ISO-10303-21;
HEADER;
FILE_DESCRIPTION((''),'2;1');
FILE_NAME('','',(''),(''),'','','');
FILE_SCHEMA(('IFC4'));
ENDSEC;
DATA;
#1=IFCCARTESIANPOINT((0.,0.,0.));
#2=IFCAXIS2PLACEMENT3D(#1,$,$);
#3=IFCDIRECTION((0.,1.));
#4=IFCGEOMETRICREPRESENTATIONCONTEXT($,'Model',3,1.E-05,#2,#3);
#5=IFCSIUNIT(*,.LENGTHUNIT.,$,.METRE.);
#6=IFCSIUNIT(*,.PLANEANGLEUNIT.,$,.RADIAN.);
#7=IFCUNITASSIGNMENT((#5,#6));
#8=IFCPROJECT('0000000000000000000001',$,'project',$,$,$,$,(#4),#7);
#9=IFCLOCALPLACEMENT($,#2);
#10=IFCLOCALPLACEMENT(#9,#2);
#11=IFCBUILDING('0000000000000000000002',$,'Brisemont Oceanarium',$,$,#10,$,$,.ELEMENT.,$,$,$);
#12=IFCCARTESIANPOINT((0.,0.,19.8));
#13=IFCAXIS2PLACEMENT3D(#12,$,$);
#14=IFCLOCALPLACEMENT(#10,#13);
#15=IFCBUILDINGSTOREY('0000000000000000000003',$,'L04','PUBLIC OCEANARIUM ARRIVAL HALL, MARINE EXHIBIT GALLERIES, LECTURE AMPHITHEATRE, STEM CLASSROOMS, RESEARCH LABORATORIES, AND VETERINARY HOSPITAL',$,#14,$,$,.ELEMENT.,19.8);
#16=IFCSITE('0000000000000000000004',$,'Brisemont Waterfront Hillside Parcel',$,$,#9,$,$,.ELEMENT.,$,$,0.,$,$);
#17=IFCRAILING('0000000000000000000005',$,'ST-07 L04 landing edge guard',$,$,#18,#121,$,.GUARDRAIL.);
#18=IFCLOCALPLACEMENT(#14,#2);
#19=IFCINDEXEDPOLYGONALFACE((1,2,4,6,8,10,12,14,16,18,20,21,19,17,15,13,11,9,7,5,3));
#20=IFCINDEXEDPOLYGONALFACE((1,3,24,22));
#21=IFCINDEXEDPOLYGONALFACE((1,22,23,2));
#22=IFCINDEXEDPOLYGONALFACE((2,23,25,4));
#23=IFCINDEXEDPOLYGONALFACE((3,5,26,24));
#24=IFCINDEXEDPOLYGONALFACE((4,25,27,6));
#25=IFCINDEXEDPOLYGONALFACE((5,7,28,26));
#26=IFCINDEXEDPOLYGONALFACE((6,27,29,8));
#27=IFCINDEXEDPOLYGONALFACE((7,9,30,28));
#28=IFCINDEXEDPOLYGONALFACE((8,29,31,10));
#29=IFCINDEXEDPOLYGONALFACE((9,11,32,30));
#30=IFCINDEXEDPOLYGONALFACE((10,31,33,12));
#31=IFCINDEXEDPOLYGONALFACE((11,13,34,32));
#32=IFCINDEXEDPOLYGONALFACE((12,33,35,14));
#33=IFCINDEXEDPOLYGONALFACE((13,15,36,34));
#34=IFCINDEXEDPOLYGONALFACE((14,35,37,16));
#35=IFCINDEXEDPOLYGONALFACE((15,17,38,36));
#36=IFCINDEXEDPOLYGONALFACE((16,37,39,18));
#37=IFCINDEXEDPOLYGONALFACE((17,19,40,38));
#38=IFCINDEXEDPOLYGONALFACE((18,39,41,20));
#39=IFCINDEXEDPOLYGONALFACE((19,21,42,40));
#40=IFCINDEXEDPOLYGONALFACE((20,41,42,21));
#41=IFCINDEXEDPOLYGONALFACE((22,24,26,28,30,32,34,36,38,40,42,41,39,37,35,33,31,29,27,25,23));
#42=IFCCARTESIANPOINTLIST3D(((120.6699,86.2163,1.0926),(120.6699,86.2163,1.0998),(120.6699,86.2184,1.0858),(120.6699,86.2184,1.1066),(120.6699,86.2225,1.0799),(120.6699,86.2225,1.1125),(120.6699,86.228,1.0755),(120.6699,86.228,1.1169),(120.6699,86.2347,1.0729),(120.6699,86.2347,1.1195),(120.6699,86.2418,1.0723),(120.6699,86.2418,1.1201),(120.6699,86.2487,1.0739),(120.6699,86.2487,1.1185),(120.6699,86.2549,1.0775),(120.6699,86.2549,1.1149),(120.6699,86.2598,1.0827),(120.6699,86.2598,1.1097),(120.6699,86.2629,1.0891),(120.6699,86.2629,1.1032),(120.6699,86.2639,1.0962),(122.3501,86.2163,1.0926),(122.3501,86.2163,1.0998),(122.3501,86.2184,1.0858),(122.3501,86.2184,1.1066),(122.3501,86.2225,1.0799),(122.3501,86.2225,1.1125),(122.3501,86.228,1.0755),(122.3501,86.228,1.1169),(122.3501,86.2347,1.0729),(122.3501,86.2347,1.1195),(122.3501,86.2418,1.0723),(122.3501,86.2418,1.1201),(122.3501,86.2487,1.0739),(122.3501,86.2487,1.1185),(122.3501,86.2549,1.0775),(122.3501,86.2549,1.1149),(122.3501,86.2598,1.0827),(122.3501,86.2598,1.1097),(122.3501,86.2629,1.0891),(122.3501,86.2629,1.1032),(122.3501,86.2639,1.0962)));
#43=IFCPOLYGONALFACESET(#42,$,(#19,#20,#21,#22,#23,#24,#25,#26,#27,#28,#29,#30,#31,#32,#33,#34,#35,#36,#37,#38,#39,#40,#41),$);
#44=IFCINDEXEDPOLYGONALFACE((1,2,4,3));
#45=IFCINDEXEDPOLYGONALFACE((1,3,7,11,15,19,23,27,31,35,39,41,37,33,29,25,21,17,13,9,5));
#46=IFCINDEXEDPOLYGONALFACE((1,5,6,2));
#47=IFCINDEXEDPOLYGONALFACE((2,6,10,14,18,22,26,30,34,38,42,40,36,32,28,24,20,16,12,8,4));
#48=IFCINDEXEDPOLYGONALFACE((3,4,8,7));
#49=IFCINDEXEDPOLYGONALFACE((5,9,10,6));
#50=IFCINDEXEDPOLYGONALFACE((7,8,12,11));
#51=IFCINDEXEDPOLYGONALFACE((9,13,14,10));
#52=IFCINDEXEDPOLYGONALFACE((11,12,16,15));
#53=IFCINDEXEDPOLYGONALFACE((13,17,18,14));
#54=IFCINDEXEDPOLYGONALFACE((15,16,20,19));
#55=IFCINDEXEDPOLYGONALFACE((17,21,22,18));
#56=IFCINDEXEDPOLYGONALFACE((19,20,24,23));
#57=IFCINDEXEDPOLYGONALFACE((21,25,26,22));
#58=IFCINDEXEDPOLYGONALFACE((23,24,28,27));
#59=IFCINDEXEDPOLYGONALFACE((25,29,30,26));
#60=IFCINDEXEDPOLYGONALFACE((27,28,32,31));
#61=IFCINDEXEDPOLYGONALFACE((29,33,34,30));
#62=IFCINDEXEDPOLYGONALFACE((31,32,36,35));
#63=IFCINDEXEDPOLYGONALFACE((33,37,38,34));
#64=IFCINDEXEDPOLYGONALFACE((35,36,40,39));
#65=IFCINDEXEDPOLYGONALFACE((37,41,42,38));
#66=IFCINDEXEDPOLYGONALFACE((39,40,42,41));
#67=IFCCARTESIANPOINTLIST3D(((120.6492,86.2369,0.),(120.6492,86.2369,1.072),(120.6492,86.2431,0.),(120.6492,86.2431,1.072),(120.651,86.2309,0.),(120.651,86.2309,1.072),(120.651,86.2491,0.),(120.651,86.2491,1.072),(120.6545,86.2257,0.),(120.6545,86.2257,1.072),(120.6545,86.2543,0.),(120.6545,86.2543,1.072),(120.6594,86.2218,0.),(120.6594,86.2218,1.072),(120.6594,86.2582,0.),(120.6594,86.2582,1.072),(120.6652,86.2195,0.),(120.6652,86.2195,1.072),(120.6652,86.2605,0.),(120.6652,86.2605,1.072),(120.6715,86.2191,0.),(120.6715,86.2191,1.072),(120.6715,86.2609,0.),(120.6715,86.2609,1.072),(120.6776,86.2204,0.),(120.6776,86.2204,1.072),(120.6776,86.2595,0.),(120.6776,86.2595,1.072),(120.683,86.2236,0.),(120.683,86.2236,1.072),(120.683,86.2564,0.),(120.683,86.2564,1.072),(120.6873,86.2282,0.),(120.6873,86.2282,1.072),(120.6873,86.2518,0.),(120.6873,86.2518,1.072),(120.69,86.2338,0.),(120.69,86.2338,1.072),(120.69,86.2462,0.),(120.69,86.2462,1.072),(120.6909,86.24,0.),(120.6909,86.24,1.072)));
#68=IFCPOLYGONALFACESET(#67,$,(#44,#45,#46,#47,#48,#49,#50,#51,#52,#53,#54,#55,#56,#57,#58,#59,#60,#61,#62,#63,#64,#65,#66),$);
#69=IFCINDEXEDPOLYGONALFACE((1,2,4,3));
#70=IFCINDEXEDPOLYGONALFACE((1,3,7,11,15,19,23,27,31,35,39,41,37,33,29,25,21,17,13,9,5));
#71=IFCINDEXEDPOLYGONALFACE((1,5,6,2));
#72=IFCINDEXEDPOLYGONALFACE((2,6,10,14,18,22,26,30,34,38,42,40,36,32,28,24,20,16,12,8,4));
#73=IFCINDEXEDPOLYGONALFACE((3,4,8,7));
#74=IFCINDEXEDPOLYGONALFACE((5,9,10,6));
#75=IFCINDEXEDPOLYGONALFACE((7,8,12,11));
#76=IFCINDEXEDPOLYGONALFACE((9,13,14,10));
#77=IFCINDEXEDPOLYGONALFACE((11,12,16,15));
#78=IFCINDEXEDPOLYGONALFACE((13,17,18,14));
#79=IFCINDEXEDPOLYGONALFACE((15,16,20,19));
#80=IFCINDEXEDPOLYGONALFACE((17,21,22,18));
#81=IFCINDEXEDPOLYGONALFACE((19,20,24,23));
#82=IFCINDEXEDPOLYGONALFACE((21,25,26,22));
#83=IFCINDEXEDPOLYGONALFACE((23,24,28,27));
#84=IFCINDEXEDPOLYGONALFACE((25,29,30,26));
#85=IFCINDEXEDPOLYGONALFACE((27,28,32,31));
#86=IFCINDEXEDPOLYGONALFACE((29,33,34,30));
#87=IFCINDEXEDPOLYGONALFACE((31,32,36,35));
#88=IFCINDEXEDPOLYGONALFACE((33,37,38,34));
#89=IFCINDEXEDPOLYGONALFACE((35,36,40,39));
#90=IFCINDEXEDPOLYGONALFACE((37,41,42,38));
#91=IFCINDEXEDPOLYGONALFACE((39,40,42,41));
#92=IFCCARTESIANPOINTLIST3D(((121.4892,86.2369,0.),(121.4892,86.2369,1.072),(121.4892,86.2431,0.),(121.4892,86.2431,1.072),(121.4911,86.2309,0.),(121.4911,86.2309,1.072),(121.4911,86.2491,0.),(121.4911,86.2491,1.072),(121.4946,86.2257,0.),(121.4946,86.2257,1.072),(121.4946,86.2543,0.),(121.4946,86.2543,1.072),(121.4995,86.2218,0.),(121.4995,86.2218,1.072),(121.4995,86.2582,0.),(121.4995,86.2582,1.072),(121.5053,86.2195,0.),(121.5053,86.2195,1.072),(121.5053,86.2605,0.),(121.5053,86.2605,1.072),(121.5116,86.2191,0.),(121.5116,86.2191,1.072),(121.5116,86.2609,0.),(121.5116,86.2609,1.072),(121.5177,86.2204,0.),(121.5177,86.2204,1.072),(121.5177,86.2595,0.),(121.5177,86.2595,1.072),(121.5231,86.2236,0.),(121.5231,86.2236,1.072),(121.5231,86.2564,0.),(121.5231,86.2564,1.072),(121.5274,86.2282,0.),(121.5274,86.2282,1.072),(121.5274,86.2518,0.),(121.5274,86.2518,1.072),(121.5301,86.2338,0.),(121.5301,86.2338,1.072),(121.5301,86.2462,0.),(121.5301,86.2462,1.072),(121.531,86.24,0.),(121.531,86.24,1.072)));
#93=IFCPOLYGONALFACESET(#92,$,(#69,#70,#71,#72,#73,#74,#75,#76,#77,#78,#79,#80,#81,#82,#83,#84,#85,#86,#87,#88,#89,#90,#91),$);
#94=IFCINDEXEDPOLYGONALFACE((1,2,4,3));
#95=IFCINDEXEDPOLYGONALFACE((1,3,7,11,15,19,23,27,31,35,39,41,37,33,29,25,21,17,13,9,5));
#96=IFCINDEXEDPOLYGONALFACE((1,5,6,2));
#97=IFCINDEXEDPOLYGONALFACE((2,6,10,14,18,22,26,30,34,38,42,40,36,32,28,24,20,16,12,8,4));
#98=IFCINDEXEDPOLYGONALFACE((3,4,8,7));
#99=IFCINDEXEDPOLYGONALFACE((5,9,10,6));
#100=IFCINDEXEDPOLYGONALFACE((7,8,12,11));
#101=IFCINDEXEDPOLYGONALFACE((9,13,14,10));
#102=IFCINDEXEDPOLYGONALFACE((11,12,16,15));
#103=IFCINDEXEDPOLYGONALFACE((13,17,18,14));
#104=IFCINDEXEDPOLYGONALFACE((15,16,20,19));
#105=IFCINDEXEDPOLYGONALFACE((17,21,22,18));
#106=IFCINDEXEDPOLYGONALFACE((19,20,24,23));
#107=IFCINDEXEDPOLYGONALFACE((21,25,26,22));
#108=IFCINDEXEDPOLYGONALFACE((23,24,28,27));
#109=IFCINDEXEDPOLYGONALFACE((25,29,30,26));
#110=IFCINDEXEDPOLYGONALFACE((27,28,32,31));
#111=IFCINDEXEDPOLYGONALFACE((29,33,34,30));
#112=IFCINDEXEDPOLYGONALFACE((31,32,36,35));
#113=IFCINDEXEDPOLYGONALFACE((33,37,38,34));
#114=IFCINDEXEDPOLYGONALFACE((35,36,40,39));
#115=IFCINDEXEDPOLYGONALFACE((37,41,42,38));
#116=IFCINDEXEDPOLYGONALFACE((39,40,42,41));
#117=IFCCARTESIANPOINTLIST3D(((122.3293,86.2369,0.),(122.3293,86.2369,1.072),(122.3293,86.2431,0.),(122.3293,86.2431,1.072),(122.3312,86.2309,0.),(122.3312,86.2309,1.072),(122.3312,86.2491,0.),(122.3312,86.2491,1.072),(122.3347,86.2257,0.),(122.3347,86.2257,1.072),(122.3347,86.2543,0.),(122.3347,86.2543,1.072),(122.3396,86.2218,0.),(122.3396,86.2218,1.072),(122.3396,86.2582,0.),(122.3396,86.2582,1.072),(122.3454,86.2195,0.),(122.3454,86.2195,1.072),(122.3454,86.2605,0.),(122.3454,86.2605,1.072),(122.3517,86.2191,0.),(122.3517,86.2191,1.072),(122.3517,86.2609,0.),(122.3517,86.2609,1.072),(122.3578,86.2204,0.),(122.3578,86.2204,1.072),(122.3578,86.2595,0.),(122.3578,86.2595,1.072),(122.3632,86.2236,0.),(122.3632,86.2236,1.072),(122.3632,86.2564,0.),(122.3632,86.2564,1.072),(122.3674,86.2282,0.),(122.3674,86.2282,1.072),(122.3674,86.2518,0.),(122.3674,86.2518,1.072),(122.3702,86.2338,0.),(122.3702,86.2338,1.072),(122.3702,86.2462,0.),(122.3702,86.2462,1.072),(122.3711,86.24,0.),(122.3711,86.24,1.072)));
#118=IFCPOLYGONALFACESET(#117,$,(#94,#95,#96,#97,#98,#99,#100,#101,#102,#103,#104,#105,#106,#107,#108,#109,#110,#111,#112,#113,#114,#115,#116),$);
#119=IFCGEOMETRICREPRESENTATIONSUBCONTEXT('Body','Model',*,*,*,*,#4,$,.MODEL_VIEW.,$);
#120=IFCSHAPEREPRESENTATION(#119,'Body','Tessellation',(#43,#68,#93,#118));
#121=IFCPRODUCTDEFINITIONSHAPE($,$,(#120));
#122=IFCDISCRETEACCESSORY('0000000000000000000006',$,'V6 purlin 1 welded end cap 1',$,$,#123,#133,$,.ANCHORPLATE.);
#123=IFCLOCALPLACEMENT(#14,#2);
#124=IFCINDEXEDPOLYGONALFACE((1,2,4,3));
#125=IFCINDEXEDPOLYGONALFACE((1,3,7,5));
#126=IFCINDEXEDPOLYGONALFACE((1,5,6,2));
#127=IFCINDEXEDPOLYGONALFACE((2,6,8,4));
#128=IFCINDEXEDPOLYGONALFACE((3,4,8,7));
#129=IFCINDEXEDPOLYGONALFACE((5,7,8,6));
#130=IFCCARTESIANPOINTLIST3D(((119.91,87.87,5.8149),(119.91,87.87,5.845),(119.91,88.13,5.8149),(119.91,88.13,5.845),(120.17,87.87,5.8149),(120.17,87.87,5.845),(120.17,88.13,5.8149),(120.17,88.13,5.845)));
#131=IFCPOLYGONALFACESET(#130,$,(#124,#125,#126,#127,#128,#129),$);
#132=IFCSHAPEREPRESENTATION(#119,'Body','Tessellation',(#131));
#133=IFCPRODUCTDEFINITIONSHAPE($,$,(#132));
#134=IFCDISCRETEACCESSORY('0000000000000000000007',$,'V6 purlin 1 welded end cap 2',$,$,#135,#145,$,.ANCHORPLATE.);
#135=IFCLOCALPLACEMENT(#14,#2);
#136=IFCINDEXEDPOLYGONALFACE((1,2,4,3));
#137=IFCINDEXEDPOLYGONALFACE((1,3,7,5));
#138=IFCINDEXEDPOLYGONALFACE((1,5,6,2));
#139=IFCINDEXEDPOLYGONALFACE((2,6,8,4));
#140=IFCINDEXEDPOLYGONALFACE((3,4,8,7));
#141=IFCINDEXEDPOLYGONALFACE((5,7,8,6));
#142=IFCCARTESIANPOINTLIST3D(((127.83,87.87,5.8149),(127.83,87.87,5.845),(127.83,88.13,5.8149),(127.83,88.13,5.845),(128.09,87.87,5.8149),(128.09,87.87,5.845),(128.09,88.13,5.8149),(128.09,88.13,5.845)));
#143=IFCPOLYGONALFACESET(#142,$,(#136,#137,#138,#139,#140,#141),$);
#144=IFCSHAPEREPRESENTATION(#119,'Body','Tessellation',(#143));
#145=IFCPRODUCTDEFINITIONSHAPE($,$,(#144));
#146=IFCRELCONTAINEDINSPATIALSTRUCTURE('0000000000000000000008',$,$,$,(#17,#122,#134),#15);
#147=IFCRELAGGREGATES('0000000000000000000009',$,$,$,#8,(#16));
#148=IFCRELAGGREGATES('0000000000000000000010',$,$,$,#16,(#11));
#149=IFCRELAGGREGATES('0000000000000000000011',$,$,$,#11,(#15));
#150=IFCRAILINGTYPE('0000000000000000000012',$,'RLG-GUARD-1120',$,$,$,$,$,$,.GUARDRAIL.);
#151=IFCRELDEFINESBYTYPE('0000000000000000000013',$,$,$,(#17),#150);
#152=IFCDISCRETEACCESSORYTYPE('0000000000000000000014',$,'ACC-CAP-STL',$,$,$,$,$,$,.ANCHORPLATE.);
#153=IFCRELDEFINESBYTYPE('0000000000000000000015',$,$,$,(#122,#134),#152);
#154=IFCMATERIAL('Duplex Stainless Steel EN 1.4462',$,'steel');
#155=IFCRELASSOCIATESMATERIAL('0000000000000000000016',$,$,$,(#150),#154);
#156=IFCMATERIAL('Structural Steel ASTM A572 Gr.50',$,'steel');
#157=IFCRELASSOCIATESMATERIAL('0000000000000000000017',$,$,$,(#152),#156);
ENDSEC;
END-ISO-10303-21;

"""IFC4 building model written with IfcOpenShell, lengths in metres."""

from ifc_helpers import new_model, si_unit, direction, frame, origin, origin_2d, place, context, subcontext, project, spatial, rectangle, circle, extrude, material, type_object, element, save


model = new_model("IFC4")

# Units and contexts
model_context = context("Model", 3, precision=1e-05, world=origin(), true_north=direction((0.0, 1.0)))
body_context = subcontext(model_context, "Body", "Model", "MODEL_VIEW")
ifc_project = project(units=[si_unit("LENGTHUNIT", "METRE"), si_unit("PLANEANGLEUNIT", "RADIAN")], contexts=[model_context])

# Site, building, storey
site_placement = place(None, origin())
site = spatial("IfcSite", under=ifc_project, at=site_placement, Name="Brisemont Waterfront Hillside Parcel", CompositionType="ELEMENT", RefElevation=0.0)
building_placement = place(site_placement, origin())
building = spatial("IfcBuilding", under=site, at=building_placement, Name="Brisemont Oceanarium", CompositionType="ELEMENT")
storey_placement = place(building_placement, frame((0.0, 0.0, 19.8)))
storey = spatial("IfcBuildingStorey", under=building, at=storey_placement, Name="L04", Description="PUBLIC OCEANARIUM ARRIVAL HALL, MARINE EXHIBIT GALLERIES, LECTURE AMPHITHEATRE, STEM CLASSROOMS, RESEARCH LABORATORIES, AND VETERINARY HOSPITAL", CompositionType="ELEMENT", Elevation=19.8)

# Railing
ifc_material_1 = material(Name="Duplex Stainless Steel EN 1.4462", Category="steel")
railing_type = type_object("IfcRailingType", Name="RLG-GUARD-1120", PredefinedType="GUARDRAIL", material=ifc_material_1)
railing_placement = place(storey_placement, frame((120.6699, 86.24, 0.0)))
element("IfcRailing", 1, at=railing_placement, inside=storey, type_object=railing_type, Name="ST-07 L04 landing edge guard", PredefinedType="GUARDRAIL", context=body_context, shape_type="SweptSolid", body=[
    extrude(circle(Radius=0.0239, at=origin_2d()), frame((0.0, 0.0, 1.0962), z_axis=(1.0, 0.0, 0.0), x_axis=(0.0, 1.0, 0.0)), (0.0, 0.0, 1.0), 1.6802),
    extrude(circle(Radius=0.021, at=origin_2d()), origin(), (0.0, 0.0, 1.0), 1.072),
    extrude(circle(Radius=0.021, at=origin_2d()), frame((0.8401, 0.0, 0.0)), (0.0, 0.0, 1.0), 1.072),
    extrude(circle(Radius=0.021, at=origin_2d()), frame((1.6802, 0.0, 0.0)), (0.0, 0.0, 1.0), 1.072),
])

# Discrete accessories
ifc_material_2 = material(Name="Structural Steel ASTM A572 Gr.50", Category="steel")
discrete_accessory_type = type_object("IfcDiscreteAccessoryType", Name="ACC-CAP-STL", PredefinedType="ANCHORPLATE", material=ifc_material_2)
for number, where, z_axis, x_axis, name in (
    (2, (120.04, 88.0, 5.8149), (0.0, 0.0, 1.0), (1.0, 0.0, 0.0), "V6 purlin 1 welded end cap 1"),
    (3, (127.96, 88.0, 5.8149), (0.0, 0.0, 1.0), (1.0, 0.0, 0.0), "V6 purlin 1 welded end cap 2"),
):
    element("IfcDiscreteAccessory", number, at=place(storey_placement, frame(where, z_axis=z_axis, x_axis=x_axis)), inside=storey, type_object=discrete_accessory_type, Name=name, PredefinedType="ANCHORPLATE", context=body_context, shape_type="SweptSolid", body=[
        extrude(rectangle(XDim=0.26, YDim=0.26, at=origin_2d()), origin(), (0.0, 0.0, 1.0), 0.03),
    ])

save(model, "model.ifc")
